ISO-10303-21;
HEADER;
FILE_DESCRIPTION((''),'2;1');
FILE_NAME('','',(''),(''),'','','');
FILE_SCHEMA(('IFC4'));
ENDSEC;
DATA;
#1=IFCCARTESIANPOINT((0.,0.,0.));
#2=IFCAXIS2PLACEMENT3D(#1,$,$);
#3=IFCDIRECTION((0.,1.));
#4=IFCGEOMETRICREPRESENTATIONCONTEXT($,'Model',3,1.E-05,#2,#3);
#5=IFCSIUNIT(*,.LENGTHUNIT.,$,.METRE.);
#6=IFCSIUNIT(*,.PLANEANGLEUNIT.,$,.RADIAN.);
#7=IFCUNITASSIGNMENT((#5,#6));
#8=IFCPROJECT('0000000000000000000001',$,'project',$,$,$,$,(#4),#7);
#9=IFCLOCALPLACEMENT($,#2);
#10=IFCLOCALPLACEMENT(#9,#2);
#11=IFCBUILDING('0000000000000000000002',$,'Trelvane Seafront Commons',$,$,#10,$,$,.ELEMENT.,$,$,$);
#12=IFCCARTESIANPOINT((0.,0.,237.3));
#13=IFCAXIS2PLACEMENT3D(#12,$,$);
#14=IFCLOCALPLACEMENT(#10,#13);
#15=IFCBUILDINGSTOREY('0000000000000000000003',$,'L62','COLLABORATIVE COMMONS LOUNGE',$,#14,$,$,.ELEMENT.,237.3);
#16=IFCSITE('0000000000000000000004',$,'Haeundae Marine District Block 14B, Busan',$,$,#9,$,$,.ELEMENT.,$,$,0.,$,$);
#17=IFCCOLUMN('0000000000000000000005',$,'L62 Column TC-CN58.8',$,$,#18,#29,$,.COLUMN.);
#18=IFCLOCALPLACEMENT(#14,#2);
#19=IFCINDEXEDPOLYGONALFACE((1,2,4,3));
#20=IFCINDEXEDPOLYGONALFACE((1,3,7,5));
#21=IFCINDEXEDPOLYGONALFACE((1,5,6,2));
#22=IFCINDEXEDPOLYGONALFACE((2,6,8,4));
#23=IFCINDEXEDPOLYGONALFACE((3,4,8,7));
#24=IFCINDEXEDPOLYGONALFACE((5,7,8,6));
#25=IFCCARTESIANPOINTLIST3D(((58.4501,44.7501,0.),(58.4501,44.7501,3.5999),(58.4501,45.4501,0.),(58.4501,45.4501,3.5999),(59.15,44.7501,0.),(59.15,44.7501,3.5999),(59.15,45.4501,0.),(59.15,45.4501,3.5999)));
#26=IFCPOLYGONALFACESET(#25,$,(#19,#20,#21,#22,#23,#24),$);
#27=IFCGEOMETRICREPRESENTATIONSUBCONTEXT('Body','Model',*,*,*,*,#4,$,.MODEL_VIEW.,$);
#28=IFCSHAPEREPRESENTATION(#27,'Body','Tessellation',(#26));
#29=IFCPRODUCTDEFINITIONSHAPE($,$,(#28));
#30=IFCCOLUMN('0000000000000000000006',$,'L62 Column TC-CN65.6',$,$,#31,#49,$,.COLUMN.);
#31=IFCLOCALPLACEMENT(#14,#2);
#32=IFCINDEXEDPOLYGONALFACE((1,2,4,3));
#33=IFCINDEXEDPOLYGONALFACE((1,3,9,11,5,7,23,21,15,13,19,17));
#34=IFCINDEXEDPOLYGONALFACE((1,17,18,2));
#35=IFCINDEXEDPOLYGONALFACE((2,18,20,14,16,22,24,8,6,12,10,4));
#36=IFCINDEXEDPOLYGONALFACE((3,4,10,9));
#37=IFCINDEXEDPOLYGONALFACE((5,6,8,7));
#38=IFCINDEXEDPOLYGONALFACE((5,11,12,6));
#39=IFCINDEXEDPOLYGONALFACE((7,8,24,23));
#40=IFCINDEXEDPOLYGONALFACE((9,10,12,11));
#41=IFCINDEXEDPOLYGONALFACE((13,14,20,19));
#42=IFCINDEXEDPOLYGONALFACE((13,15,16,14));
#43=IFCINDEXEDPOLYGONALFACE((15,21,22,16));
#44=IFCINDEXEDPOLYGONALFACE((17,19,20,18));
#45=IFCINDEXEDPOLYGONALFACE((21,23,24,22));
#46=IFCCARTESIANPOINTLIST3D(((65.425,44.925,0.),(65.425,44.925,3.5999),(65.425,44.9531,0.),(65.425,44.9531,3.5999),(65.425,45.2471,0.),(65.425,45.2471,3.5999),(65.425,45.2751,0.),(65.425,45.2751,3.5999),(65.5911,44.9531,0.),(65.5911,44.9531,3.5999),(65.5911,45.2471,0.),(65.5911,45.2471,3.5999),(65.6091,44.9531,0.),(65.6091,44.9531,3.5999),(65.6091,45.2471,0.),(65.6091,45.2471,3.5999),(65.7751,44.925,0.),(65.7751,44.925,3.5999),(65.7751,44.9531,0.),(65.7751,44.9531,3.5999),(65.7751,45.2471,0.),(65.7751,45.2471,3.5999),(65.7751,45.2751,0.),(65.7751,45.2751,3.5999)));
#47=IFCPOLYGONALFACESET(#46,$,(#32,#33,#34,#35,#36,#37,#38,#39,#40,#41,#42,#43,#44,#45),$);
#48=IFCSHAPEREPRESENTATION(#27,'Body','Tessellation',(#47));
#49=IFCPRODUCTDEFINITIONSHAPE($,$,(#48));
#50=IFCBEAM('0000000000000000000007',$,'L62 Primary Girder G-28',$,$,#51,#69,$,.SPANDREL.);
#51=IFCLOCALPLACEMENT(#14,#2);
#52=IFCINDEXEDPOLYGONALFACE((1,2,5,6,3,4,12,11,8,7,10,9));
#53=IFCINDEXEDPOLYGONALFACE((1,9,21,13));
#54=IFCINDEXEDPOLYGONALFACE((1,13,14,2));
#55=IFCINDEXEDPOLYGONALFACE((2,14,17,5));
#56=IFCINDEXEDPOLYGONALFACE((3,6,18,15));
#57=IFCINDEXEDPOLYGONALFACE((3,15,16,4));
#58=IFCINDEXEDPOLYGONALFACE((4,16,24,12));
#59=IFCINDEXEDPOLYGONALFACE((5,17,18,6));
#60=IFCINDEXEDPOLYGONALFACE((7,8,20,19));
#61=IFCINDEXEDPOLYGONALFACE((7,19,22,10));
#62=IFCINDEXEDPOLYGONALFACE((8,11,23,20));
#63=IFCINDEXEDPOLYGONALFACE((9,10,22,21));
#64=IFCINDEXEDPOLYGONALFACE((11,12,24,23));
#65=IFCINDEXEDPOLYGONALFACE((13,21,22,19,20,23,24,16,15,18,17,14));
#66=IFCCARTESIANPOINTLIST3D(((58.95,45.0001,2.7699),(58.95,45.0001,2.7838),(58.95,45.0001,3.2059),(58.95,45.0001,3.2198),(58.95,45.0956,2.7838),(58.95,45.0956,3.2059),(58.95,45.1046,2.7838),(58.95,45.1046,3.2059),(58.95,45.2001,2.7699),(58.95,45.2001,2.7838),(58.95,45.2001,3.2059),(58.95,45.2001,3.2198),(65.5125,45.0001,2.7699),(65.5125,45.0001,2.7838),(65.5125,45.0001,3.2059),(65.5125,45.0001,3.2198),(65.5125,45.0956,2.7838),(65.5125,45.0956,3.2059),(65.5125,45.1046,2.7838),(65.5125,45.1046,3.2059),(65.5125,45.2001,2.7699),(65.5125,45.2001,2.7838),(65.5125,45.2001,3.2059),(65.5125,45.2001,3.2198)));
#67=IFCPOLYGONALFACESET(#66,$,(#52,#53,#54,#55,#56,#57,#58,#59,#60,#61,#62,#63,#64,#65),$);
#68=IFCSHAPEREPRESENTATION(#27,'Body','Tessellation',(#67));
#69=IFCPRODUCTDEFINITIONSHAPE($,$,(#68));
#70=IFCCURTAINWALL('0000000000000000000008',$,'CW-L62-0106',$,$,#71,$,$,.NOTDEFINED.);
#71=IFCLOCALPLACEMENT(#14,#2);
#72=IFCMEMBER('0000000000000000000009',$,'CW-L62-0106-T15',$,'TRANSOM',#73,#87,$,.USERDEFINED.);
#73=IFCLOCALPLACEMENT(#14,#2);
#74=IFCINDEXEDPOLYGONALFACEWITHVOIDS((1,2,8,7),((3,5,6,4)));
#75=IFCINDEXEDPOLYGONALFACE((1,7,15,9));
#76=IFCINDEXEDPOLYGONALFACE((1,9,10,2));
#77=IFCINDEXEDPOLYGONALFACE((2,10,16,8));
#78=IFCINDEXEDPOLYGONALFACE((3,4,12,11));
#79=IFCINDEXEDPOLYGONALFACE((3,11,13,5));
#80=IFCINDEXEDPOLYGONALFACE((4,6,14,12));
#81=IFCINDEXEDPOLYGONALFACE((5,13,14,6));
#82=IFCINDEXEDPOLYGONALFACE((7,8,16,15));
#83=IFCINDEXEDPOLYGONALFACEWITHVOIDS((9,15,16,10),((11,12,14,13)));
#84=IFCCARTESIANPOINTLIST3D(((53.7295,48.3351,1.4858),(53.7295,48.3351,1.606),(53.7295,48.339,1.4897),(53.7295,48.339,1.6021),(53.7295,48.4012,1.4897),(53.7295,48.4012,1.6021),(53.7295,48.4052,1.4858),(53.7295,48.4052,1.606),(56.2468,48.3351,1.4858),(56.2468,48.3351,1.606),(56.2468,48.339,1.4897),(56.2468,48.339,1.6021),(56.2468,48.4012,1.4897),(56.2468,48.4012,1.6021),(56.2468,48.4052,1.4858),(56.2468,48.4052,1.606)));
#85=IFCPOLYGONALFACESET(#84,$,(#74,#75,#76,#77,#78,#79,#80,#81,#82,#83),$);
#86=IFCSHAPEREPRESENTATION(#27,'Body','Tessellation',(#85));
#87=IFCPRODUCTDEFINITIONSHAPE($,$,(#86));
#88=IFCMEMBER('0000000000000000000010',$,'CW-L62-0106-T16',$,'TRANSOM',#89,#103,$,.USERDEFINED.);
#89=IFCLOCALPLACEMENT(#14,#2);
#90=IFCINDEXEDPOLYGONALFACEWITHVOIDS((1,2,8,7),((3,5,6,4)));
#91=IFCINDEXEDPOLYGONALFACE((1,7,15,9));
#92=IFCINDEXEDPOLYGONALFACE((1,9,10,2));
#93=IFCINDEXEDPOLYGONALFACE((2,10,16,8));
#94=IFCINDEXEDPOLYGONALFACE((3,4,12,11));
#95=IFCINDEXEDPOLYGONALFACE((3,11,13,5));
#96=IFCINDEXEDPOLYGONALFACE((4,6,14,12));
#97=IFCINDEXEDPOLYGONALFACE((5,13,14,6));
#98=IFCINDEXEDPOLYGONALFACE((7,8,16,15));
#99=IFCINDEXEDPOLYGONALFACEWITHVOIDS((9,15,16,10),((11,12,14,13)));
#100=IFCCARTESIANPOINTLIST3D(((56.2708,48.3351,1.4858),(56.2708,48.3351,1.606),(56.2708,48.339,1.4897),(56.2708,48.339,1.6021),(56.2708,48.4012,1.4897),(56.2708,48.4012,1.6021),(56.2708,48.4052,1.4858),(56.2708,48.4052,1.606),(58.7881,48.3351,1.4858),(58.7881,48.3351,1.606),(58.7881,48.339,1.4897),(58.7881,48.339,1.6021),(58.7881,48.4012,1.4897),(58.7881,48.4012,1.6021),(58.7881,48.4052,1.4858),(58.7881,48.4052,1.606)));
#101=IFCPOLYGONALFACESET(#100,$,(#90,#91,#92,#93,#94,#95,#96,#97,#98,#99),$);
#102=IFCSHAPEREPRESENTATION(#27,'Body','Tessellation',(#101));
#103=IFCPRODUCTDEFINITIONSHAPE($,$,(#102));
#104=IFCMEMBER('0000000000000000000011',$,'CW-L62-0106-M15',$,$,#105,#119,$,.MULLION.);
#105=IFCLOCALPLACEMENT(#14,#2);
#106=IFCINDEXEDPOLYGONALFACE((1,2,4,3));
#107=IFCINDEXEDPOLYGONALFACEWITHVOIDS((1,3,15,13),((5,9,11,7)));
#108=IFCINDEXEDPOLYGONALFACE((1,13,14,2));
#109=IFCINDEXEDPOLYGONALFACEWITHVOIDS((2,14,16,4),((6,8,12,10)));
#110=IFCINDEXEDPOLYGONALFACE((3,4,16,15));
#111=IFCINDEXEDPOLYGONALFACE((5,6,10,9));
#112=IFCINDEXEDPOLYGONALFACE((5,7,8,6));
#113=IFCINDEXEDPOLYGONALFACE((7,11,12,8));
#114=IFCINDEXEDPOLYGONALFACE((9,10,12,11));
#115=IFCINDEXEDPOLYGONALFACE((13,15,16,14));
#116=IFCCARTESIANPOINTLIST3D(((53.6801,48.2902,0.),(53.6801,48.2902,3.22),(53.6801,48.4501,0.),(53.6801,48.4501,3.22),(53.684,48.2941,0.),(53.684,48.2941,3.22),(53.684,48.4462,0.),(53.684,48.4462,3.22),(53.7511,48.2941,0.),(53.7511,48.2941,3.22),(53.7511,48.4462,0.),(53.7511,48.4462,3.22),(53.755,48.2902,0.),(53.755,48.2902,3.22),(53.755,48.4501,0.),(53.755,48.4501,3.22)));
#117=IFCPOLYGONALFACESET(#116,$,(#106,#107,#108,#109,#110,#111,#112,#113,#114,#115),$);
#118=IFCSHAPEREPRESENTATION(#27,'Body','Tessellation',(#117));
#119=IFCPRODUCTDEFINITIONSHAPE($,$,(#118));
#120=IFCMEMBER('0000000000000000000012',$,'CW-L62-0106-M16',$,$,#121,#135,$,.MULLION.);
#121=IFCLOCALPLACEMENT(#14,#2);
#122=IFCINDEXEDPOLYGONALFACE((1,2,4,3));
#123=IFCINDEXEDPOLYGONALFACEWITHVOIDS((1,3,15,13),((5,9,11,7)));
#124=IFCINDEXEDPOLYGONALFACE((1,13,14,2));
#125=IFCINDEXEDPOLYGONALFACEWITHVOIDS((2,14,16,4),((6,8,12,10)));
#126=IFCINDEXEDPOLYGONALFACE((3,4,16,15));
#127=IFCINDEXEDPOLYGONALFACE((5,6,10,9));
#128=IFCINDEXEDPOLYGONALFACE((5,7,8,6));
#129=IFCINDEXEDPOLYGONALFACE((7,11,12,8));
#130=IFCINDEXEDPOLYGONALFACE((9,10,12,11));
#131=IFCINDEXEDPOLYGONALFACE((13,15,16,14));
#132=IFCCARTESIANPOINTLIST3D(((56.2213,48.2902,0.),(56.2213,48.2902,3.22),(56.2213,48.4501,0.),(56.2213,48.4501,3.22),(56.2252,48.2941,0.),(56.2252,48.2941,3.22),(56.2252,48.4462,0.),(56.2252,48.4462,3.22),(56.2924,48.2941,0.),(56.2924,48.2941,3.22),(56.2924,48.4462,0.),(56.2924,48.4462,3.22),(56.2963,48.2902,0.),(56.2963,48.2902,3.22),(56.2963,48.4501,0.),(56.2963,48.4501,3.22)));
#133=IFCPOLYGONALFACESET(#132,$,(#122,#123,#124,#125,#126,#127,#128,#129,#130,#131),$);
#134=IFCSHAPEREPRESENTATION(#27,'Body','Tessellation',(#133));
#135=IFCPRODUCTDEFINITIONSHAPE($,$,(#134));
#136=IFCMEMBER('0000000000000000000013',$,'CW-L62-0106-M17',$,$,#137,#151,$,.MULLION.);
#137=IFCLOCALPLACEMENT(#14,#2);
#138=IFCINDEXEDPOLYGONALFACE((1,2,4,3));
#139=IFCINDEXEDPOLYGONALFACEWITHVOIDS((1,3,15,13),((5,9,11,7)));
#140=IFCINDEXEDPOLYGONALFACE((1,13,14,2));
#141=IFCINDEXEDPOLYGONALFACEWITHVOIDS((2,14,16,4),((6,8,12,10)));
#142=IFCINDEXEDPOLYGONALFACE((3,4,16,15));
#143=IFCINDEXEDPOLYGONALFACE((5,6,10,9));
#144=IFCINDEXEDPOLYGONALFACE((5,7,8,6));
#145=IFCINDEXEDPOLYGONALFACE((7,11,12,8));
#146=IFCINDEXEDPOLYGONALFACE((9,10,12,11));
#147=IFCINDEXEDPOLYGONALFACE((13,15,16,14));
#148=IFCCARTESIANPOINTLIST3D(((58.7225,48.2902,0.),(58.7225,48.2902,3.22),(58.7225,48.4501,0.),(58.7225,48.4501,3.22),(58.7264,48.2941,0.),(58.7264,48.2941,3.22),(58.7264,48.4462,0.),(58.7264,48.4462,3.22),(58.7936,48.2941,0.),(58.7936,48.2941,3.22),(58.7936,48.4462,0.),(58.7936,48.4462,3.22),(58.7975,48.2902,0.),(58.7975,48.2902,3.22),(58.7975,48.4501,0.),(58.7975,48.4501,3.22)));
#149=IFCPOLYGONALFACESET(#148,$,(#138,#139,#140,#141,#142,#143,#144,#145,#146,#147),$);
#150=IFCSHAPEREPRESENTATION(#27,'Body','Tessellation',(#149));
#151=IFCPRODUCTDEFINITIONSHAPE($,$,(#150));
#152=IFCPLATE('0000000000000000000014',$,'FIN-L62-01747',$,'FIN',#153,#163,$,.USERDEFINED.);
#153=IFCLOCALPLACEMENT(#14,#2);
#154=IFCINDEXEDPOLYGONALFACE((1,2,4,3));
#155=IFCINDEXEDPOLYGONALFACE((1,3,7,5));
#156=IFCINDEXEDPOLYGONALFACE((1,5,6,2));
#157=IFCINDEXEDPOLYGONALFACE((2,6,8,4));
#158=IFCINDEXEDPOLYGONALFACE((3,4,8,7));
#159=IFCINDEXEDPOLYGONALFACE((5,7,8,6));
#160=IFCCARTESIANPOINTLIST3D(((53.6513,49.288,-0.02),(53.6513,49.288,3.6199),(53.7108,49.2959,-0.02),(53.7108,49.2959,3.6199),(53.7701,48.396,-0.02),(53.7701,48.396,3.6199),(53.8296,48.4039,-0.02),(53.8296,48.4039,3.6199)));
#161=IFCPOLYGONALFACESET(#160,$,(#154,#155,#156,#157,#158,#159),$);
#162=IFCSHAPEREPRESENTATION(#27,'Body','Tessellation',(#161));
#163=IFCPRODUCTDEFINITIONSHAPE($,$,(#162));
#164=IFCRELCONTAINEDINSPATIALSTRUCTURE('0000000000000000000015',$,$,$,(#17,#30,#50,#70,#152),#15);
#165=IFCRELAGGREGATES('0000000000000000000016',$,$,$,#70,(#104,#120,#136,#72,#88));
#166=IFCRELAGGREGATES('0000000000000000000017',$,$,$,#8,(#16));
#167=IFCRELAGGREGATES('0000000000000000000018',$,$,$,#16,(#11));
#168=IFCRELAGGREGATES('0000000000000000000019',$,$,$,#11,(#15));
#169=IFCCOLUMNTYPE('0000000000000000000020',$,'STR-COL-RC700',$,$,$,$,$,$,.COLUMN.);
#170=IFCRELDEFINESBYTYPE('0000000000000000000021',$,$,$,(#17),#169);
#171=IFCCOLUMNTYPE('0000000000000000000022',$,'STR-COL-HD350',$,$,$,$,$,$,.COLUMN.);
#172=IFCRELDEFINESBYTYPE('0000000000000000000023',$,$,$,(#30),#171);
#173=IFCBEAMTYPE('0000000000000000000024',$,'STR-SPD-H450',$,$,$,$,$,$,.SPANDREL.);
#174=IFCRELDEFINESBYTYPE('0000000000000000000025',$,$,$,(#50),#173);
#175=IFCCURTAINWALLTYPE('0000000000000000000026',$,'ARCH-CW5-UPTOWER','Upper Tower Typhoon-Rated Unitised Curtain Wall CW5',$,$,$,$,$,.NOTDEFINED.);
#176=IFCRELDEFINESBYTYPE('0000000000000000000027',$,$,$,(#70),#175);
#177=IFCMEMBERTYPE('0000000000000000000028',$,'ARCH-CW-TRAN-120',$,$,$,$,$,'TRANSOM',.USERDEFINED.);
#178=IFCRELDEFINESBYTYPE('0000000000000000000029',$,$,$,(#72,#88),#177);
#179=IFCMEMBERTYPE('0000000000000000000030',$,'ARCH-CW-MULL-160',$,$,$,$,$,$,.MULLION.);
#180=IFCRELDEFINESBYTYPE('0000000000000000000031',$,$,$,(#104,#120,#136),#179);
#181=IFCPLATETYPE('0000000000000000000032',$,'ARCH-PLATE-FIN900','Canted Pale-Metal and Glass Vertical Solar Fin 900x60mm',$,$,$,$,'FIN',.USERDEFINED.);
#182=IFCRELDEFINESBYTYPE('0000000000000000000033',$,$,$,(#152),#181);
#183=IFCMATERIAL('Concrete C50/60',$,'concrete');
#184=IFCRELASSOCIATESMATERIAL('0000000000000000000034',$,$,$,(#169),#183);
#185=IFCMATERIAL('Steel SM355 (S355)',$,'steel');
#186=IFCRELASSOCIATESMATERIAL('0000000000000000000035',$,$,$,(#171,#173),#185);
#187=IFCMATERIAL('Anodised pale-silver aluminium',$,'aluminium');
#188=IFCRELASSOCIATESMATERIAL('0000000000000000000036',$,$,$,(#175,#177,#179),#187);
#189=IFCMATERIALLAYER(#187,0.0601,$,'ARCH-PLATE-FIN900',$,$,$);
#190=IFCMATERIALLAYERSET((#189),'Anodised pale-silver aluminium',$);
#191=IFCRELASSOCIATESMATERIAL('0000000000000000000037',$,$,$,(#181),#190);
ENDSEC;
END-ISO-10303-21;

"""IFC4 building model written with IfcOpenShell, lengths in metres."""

from ifc_helpers import new_model, si_unit, direction, frame, origin, origin_2d, place, context, subcontext, project, spatial, rectangle, hollow_rectangle, i_section, extrude, source, transform, mapped, material, layer, layer_set, material_profile, profile_set, type_object, element, aggregate, save


model = new_model("IFC4")

# Units and contexts
model_context = context("Model", 3, precision=1e-05, world=origin(), true_north=direction((0.0, 1.0)))
body_context = subcontext(model_context, "Body", "Model", "MODEL_VIEW")
ifc_project = project(units=[si_unit("LENGTHUNIT", "METRE"), si_unit("PLANEANGLEUNIT", "RADIAN")], contexts=[model_context])

# Site, building, storey
site_placement = place(None, origin())
site = spatial("IfcSite", under=ifc_project, at=site_placement, Name="Haeundae Marine District Block 14B, Busan", CompositionType="ELEMENT", RefElevation=0.0)
building_placement = place(site_placement, origin())
building = spatial("IfcBuilding", under=site, at=building_placement, Name="Trelvane Seafront Commons", CompositionType="ELEMENT")
storey_placement = place(building_placement, frame((0.0, 0.0, 237.3)))
storey = spatial("IfcBuildingStorey", under=building, at=storey_placement, Name="L62", Description="COLLABORATIVE COMMONS LOUNGE", CompositionType="ELEMENT", Elevation=237.3)

# Columns
ifc_material_1 = material(Name="Concrete C50/60", Category="concrete")
ifc_material_profile_1 = material_profile(ifc_material_1, rectangle(XDim=0.7, YDim=0.7, at=origin_2d()), Name="RC-700x700")
ifc_profile_set_1 = profile_set([ifc_material_profile_1], Name="Concrete C50/60")
column_type_1 = type_object("IfcColumnType", Name="STR-COL-RC700", PredefinedType="COLUMN", material=ifc_profile_set_1)
shared_shape_1 = source(origin(), body_context, "Body", "SweptSolid", [
    extrude(rectangle(XDim=0.7, YDim=0.7, at=origin_2d()), origin(), (0.0, 0.0, 1.0), 3.5999),
])
column_1_placement = place(storey_placement, frame((58.8, 45.1001, 0.0), z_axis=(0.0, 0.0, 1.0), x_axis=(1.0, 0.0, 0.0)))
element("IfcColumn", 1, at=column_1_placement, inside=storey, type_object=column_type_1, Name="L62 Column TC-CN58.8", PredefinedType="COLUMN", context=body_context, shape_type="MappedRepresentation", body=[
    mapped(shared_shape_1, transform((0.0, 0.0, 0.0), x_axis=(1.0, 0.0, 0.0), y_axis=(0.0, 1.0, 0.0), z_axis=(0.0, 0.0, 1.0), scale=1.0)),
])
ifc_material_2 = material(Name="Steel SM355 (S355)", Category="steel")
ifc_material_profile_2 = material_profile(ifc_material_2, i_section(OverallWidth=0.3501, OverallDepth=0.3501, WebThickness=0.0181, FlangeThickness=0.0281, at=origin_2d()), Name="HD-350x350x18x28")
ifc_profile_set_2 = profile_set([ifc_material_profile_2], Name="Steel SM355 (S355)")
column_type_2 = type_object("IfcColumnType", Name="STR-COL-HD350", PredefinedType="COLUMN", material=ifc_profile_set_2)
shared_shape_2 = source(origin(), body_context, "Body", "SweptSolid", [
    extrude(i_section(OverallWidth=0.3501, OverallDepth=0.3501, WebThickness=0.0181, FlangeThickness=0.0281, at=origin_2d()), origin(), (0.0, 0.0, 1.0), 3.5999),
])
column_2_placement = place(storey_placement, frame((65.6001, 45.1001, 0.0), z_axis=(0.0, 0.0, 1.0), x_axis=(1.0, 0.0, 0.0)))
element("IfcColumn", 2, at=column_2_placement, inside=storey, type_object=column_type_2, Name="L62 Column TC-CN65.6", PredefinedType="COLUMN", context=body_context, shape_type="MappedRepresentation", body=[
    mapped(shared_shape_2, transform((0.0, 0.0, 0.0), x_axis=(1.0, 0.0, 0.0), y_axis=(0.0, 1.0, 0.0), z_axis=(0.0, 0.0, 1.0), scale=1.0)),
])

# Beam
ifc_material_profile_3 = material_profile(ifc_material_2, i_section(OverallWidth=0.2, OverallDepth=0.45, WebThickness=0.009, FlangeThickness=0.0139, at=origin_2d()), Name="H-450x200x9x14")
ifc_profile_set_3 = profile_set([ifc_material_profile_3], Name="Steel SM355 (S355)")
beam_type = type_object("IfcBeamType", Name="STR-SPD-H450", PredefinedType="SPANDREL", material=ifc_profile_set_3)
shared_shape_3 = source(origin(), body_context, "Body", "SweptSolid", [
    extrude(i_section(OverallWidth=0.2, OverallDepth=0.45, WebThickness=0.009, FlangeThickness=0.0139, at=origin_2d()), origin(), (0.0, 0.0, 1.0), 6.5625),
])
beam_placement = place(storey_placement, frame((58.95, 45.1001, 2.9949), z_axis=(1.0, 0.0, 0.0), x_axis=(0.0, 1.0, 0.0)))
element("IfcBeam", 3, at=beam_placement, inside=storey, type_object=beam_type, Name="L62 Primary Girder G-28", PredefinedType="SPANDREL", context=body_context, shape_type="MappedRepresentation", body=[
    mapped(shared_shape_3, transform((0.0, 0.0, 0.0), x_axis=(1.0, 0.0, 0.0), y_axis=(0.0, 1.0, 0.0), z_axis=(0.0, 0.0, 1.0), scale=1.0)),
])

# Curtain wall, members
ifc_material_3 = material(Name="Anodised pale-silver aluminium", Category="aluminium")
curtain_wall_type = type_object("IfcCurtainWallType", Name="ARCH-CW5-UPTOWER", Description="Upper Tower Typhoon-Rated Unitised Curtain Wall CW5", PredefinedType="NOTDEFINED", material=ifc_material_3)
curtain_wall_placement = place(storey_placement, origin())
curtain_wall = element("IfcCurtainWall", 4, at=curtain_wall_placement, inside=storey, type_object=curtain_wall_type, Name="CW-L62-0106", PredefinedType="NOTDEFINED")
ifc_material_profile_4 = material_profile(ifc_material_3, hollow_rectangle(XDim=0.0701, YDim=0.1201, WallThickness=0.0039, at=origin_2d()), Name="TRAN-70x120x4")
ifc_profile_set_4 = profile_set([ifc_material_profile_4], Name="Anodised pale-silver aluminium")
member_type_1 = type_object("IfcMemberType", Name="ARCH-CW-TRAN-120", ElementType="TRANSOM", PredefinedType="USERDEFINED", material=ifc_profile_set_4)
shared_shape_4 = source(origin(), body_context, "Body", "SweptSolid", [
    extrude(hollow_rectangle(XDim=0.0701, YDim=0.1201, WallThickness=0.0039, at=origin_2d()), origin(), (0.0, 0.0, 1.0), 2.5173),
])
member_1_placement = place(storey_placement, frame((53.7295, 48.3701, 1.5459), z_axis=(1.0, 0.0, 0.0), x_axis=(0.0, 1.0, 0.0)))
member_1 = element("IfcMember", 5, at=member_1_placement, type_object=member_type_1, Name="CW-L62-0106-T15", ObjectType="TRANSOM", PredefinedType="USERDEFINED", context=body_context, shape_type="MappedRepresentation", body=[
    mapped(shared_shape_4, transform((0.0, 0.0, 0.0), x_axis=(1.0, 0.0, 0.0), y_axis=(0.0, 1.0, 0.0), z_axis=(0.0, 0.0, 1.0), scale=1.0)),
])
member_2_placement = place(storey_placement, frame((56.2708, 48.3701, 1.5459), z_axis=(1.0, 0.0, 0.0), x_axis=(0.0, 1.0, 0.0)))
member_2 = element("IfcMember", 6, at=member_2_placement, type_object=member_type_1, Name="CW-L62-0106-T16", ObjectType="TRANSOM", PredefinedType="USERDEFINED", context=body_context, shape_type="MappedRepresentation", body=[
    mapped(shared_shape_4, transform((0.0, 0.0, 0.0), x_axis=(1.0, 0.0, 0.0), y_axis=(0.0, 1.0, 0.0), z_axis=(0.0, 0.0, 1.0), scale=1.0)),
])
ifc_material_profile_5 = material_profile(ifc_material_3, hollow_rectangle(XDim=0.075, YDim=0.1599, WallThickness=0.0039, at=origin_2d()), Name="MULL-75x160x4")
ifc_profile_set_5 = profile_set([ifc_material_profile_5], Name="Anodised pale-silver aluminium")
member_type_2 = type_object("IfcMemberType", Name="ARCH-CW-MULL-160", PredefinedType="MULLION", material=ifc_profile_set_5)
shared_shape_5 = source(origin(), body_context, "Body", "SweptSolid", [
    extrude(hollow_rectangle(XDim=0.075, YDim=0.1599, WallThickness=0.0039, at=origin_2d()), origin(), (0.0, 0.0, 1.0), 3.22),
])
member_3_placement = place(storey_placement, frame((53.7175, 48.3701, 0.0), z_axis=(0.0, 0.0, 1.0), x_axis=(1.0, 0.0, 0.0)))
member_3 = element("IfcMember", 7, at=member_3_placement, type_object=member_type_2, Name="CW-L62-0106-M15", PredefinedType="MULLION", context=body_context, shape_type="MappedRepresentation", body=[
    mapped(shared_shape_5, transform((0.0, 0.0, 0.0), x_axis=(1.0, 0.0, 0.0), y_axis=(0.0, 1.0, 0.0), z_axis=(0.0, 0.0, 1.0), scale=1.0)),
])
member_4_placement = place(storey_placement, frame((56.2588, 48.3701, 0.0), z_axis=(0.0, 0.0, 1.0), x_axis=(1.0, 0.0, 0.0)))
member_4 = element("IfcMember", 8, at=member_4_placement, type_object=member_type_2, Name="CW-L62-0106-M16", PredefinedType="MULLION", context=body_context, shape_type="MappedRepresentation", body=[
    mapped(shared_shape_5, transform((0.0, 0.0, 0.0), x_axis=(1.0, 0.0, 0.0), y_axis=(0.0, 1.0, 0.0), z_axis=(0.0, 0.0, 1.0), scale=1.0)),
])
member_5_placement = place(storey_placement, frame((58.76, 48.3701, 0.0), z_axis=(0.0, 0.0, 1.0), x_axis=(1.0, 0.0, 0.0)))
member_5 = element("IfcMember", 9, at=member_5_placement, type_object=member_type_2, Name="CW-L62-0106-M17", PredefinedType="MULLION", context=body_context, shape_type="MappedRepresentation", body=[
    mapped(shared_shape_5, transform((0.0, 0.0, 0.0), x_axis=(1.0, 0.0, 0.0), y_axis=(0.0, 1.0, 0.0), z_axis=(0.0, 0.0, 1.0), scale=1.0)),
])

# Plate
ifc_layer_1 = layer(ifc_material_3, 0.0601, Name="ARCH-PLATE-FIN900")
ifc_layer_set_1 = layer_set([ifc_layer_1], Name="Anodised pale-silver aluminium")
plate_type_1 = type_object("IfcPlateType", Name="ARCH-PLATE-FIN900", Description="Canted Pale-Metal and Glass Vertical Solar Fin 900x60mm", ElementType="FIN", PredefinedType="USERDEFINED", material=ifc_layer_set_1)
shared_shape_6 = source(origin(), body_context, "Body", "SweptSolid", [
    extrude(rectangle(XDim=0.8999, YDim=0.0601, at=origin_2d()), origin(), (0.0, 0.0, 1.0), 3.6399),
])
for number, where, z_axis, x_axis, name in (
    (10, (53.7405, 48.8459, -0.02), (0.0, 0.0, 1.0), (-0.132004, 0.991249, 0.0), "FIN-L62-01747"),
):
    element("IfcPlate", number, at=place(storey_placement, frame(where, z_axis=z_axis, x_axis=x_axis)), inside=storey, type_object=plate_type_1, Name=name, ObjectType="FIN", PredefinedType="USERDEFINED", context=body_context, shape_type="MappedRepresentation", body=[
        mapped(shared_shape_6, transform((0.0, 0.0, 0.0), x_axis=(1.0, 0.0, 0.0), y_axis=(0.0, 1.0, 0.0), z_axis=(0.0, 0.0, 1.0), scale=1.0)),
    ])

aggregate(curtain_wall, [member_3, member_4, member_5, member_1, member_2])

save(model, "model.ifc")
